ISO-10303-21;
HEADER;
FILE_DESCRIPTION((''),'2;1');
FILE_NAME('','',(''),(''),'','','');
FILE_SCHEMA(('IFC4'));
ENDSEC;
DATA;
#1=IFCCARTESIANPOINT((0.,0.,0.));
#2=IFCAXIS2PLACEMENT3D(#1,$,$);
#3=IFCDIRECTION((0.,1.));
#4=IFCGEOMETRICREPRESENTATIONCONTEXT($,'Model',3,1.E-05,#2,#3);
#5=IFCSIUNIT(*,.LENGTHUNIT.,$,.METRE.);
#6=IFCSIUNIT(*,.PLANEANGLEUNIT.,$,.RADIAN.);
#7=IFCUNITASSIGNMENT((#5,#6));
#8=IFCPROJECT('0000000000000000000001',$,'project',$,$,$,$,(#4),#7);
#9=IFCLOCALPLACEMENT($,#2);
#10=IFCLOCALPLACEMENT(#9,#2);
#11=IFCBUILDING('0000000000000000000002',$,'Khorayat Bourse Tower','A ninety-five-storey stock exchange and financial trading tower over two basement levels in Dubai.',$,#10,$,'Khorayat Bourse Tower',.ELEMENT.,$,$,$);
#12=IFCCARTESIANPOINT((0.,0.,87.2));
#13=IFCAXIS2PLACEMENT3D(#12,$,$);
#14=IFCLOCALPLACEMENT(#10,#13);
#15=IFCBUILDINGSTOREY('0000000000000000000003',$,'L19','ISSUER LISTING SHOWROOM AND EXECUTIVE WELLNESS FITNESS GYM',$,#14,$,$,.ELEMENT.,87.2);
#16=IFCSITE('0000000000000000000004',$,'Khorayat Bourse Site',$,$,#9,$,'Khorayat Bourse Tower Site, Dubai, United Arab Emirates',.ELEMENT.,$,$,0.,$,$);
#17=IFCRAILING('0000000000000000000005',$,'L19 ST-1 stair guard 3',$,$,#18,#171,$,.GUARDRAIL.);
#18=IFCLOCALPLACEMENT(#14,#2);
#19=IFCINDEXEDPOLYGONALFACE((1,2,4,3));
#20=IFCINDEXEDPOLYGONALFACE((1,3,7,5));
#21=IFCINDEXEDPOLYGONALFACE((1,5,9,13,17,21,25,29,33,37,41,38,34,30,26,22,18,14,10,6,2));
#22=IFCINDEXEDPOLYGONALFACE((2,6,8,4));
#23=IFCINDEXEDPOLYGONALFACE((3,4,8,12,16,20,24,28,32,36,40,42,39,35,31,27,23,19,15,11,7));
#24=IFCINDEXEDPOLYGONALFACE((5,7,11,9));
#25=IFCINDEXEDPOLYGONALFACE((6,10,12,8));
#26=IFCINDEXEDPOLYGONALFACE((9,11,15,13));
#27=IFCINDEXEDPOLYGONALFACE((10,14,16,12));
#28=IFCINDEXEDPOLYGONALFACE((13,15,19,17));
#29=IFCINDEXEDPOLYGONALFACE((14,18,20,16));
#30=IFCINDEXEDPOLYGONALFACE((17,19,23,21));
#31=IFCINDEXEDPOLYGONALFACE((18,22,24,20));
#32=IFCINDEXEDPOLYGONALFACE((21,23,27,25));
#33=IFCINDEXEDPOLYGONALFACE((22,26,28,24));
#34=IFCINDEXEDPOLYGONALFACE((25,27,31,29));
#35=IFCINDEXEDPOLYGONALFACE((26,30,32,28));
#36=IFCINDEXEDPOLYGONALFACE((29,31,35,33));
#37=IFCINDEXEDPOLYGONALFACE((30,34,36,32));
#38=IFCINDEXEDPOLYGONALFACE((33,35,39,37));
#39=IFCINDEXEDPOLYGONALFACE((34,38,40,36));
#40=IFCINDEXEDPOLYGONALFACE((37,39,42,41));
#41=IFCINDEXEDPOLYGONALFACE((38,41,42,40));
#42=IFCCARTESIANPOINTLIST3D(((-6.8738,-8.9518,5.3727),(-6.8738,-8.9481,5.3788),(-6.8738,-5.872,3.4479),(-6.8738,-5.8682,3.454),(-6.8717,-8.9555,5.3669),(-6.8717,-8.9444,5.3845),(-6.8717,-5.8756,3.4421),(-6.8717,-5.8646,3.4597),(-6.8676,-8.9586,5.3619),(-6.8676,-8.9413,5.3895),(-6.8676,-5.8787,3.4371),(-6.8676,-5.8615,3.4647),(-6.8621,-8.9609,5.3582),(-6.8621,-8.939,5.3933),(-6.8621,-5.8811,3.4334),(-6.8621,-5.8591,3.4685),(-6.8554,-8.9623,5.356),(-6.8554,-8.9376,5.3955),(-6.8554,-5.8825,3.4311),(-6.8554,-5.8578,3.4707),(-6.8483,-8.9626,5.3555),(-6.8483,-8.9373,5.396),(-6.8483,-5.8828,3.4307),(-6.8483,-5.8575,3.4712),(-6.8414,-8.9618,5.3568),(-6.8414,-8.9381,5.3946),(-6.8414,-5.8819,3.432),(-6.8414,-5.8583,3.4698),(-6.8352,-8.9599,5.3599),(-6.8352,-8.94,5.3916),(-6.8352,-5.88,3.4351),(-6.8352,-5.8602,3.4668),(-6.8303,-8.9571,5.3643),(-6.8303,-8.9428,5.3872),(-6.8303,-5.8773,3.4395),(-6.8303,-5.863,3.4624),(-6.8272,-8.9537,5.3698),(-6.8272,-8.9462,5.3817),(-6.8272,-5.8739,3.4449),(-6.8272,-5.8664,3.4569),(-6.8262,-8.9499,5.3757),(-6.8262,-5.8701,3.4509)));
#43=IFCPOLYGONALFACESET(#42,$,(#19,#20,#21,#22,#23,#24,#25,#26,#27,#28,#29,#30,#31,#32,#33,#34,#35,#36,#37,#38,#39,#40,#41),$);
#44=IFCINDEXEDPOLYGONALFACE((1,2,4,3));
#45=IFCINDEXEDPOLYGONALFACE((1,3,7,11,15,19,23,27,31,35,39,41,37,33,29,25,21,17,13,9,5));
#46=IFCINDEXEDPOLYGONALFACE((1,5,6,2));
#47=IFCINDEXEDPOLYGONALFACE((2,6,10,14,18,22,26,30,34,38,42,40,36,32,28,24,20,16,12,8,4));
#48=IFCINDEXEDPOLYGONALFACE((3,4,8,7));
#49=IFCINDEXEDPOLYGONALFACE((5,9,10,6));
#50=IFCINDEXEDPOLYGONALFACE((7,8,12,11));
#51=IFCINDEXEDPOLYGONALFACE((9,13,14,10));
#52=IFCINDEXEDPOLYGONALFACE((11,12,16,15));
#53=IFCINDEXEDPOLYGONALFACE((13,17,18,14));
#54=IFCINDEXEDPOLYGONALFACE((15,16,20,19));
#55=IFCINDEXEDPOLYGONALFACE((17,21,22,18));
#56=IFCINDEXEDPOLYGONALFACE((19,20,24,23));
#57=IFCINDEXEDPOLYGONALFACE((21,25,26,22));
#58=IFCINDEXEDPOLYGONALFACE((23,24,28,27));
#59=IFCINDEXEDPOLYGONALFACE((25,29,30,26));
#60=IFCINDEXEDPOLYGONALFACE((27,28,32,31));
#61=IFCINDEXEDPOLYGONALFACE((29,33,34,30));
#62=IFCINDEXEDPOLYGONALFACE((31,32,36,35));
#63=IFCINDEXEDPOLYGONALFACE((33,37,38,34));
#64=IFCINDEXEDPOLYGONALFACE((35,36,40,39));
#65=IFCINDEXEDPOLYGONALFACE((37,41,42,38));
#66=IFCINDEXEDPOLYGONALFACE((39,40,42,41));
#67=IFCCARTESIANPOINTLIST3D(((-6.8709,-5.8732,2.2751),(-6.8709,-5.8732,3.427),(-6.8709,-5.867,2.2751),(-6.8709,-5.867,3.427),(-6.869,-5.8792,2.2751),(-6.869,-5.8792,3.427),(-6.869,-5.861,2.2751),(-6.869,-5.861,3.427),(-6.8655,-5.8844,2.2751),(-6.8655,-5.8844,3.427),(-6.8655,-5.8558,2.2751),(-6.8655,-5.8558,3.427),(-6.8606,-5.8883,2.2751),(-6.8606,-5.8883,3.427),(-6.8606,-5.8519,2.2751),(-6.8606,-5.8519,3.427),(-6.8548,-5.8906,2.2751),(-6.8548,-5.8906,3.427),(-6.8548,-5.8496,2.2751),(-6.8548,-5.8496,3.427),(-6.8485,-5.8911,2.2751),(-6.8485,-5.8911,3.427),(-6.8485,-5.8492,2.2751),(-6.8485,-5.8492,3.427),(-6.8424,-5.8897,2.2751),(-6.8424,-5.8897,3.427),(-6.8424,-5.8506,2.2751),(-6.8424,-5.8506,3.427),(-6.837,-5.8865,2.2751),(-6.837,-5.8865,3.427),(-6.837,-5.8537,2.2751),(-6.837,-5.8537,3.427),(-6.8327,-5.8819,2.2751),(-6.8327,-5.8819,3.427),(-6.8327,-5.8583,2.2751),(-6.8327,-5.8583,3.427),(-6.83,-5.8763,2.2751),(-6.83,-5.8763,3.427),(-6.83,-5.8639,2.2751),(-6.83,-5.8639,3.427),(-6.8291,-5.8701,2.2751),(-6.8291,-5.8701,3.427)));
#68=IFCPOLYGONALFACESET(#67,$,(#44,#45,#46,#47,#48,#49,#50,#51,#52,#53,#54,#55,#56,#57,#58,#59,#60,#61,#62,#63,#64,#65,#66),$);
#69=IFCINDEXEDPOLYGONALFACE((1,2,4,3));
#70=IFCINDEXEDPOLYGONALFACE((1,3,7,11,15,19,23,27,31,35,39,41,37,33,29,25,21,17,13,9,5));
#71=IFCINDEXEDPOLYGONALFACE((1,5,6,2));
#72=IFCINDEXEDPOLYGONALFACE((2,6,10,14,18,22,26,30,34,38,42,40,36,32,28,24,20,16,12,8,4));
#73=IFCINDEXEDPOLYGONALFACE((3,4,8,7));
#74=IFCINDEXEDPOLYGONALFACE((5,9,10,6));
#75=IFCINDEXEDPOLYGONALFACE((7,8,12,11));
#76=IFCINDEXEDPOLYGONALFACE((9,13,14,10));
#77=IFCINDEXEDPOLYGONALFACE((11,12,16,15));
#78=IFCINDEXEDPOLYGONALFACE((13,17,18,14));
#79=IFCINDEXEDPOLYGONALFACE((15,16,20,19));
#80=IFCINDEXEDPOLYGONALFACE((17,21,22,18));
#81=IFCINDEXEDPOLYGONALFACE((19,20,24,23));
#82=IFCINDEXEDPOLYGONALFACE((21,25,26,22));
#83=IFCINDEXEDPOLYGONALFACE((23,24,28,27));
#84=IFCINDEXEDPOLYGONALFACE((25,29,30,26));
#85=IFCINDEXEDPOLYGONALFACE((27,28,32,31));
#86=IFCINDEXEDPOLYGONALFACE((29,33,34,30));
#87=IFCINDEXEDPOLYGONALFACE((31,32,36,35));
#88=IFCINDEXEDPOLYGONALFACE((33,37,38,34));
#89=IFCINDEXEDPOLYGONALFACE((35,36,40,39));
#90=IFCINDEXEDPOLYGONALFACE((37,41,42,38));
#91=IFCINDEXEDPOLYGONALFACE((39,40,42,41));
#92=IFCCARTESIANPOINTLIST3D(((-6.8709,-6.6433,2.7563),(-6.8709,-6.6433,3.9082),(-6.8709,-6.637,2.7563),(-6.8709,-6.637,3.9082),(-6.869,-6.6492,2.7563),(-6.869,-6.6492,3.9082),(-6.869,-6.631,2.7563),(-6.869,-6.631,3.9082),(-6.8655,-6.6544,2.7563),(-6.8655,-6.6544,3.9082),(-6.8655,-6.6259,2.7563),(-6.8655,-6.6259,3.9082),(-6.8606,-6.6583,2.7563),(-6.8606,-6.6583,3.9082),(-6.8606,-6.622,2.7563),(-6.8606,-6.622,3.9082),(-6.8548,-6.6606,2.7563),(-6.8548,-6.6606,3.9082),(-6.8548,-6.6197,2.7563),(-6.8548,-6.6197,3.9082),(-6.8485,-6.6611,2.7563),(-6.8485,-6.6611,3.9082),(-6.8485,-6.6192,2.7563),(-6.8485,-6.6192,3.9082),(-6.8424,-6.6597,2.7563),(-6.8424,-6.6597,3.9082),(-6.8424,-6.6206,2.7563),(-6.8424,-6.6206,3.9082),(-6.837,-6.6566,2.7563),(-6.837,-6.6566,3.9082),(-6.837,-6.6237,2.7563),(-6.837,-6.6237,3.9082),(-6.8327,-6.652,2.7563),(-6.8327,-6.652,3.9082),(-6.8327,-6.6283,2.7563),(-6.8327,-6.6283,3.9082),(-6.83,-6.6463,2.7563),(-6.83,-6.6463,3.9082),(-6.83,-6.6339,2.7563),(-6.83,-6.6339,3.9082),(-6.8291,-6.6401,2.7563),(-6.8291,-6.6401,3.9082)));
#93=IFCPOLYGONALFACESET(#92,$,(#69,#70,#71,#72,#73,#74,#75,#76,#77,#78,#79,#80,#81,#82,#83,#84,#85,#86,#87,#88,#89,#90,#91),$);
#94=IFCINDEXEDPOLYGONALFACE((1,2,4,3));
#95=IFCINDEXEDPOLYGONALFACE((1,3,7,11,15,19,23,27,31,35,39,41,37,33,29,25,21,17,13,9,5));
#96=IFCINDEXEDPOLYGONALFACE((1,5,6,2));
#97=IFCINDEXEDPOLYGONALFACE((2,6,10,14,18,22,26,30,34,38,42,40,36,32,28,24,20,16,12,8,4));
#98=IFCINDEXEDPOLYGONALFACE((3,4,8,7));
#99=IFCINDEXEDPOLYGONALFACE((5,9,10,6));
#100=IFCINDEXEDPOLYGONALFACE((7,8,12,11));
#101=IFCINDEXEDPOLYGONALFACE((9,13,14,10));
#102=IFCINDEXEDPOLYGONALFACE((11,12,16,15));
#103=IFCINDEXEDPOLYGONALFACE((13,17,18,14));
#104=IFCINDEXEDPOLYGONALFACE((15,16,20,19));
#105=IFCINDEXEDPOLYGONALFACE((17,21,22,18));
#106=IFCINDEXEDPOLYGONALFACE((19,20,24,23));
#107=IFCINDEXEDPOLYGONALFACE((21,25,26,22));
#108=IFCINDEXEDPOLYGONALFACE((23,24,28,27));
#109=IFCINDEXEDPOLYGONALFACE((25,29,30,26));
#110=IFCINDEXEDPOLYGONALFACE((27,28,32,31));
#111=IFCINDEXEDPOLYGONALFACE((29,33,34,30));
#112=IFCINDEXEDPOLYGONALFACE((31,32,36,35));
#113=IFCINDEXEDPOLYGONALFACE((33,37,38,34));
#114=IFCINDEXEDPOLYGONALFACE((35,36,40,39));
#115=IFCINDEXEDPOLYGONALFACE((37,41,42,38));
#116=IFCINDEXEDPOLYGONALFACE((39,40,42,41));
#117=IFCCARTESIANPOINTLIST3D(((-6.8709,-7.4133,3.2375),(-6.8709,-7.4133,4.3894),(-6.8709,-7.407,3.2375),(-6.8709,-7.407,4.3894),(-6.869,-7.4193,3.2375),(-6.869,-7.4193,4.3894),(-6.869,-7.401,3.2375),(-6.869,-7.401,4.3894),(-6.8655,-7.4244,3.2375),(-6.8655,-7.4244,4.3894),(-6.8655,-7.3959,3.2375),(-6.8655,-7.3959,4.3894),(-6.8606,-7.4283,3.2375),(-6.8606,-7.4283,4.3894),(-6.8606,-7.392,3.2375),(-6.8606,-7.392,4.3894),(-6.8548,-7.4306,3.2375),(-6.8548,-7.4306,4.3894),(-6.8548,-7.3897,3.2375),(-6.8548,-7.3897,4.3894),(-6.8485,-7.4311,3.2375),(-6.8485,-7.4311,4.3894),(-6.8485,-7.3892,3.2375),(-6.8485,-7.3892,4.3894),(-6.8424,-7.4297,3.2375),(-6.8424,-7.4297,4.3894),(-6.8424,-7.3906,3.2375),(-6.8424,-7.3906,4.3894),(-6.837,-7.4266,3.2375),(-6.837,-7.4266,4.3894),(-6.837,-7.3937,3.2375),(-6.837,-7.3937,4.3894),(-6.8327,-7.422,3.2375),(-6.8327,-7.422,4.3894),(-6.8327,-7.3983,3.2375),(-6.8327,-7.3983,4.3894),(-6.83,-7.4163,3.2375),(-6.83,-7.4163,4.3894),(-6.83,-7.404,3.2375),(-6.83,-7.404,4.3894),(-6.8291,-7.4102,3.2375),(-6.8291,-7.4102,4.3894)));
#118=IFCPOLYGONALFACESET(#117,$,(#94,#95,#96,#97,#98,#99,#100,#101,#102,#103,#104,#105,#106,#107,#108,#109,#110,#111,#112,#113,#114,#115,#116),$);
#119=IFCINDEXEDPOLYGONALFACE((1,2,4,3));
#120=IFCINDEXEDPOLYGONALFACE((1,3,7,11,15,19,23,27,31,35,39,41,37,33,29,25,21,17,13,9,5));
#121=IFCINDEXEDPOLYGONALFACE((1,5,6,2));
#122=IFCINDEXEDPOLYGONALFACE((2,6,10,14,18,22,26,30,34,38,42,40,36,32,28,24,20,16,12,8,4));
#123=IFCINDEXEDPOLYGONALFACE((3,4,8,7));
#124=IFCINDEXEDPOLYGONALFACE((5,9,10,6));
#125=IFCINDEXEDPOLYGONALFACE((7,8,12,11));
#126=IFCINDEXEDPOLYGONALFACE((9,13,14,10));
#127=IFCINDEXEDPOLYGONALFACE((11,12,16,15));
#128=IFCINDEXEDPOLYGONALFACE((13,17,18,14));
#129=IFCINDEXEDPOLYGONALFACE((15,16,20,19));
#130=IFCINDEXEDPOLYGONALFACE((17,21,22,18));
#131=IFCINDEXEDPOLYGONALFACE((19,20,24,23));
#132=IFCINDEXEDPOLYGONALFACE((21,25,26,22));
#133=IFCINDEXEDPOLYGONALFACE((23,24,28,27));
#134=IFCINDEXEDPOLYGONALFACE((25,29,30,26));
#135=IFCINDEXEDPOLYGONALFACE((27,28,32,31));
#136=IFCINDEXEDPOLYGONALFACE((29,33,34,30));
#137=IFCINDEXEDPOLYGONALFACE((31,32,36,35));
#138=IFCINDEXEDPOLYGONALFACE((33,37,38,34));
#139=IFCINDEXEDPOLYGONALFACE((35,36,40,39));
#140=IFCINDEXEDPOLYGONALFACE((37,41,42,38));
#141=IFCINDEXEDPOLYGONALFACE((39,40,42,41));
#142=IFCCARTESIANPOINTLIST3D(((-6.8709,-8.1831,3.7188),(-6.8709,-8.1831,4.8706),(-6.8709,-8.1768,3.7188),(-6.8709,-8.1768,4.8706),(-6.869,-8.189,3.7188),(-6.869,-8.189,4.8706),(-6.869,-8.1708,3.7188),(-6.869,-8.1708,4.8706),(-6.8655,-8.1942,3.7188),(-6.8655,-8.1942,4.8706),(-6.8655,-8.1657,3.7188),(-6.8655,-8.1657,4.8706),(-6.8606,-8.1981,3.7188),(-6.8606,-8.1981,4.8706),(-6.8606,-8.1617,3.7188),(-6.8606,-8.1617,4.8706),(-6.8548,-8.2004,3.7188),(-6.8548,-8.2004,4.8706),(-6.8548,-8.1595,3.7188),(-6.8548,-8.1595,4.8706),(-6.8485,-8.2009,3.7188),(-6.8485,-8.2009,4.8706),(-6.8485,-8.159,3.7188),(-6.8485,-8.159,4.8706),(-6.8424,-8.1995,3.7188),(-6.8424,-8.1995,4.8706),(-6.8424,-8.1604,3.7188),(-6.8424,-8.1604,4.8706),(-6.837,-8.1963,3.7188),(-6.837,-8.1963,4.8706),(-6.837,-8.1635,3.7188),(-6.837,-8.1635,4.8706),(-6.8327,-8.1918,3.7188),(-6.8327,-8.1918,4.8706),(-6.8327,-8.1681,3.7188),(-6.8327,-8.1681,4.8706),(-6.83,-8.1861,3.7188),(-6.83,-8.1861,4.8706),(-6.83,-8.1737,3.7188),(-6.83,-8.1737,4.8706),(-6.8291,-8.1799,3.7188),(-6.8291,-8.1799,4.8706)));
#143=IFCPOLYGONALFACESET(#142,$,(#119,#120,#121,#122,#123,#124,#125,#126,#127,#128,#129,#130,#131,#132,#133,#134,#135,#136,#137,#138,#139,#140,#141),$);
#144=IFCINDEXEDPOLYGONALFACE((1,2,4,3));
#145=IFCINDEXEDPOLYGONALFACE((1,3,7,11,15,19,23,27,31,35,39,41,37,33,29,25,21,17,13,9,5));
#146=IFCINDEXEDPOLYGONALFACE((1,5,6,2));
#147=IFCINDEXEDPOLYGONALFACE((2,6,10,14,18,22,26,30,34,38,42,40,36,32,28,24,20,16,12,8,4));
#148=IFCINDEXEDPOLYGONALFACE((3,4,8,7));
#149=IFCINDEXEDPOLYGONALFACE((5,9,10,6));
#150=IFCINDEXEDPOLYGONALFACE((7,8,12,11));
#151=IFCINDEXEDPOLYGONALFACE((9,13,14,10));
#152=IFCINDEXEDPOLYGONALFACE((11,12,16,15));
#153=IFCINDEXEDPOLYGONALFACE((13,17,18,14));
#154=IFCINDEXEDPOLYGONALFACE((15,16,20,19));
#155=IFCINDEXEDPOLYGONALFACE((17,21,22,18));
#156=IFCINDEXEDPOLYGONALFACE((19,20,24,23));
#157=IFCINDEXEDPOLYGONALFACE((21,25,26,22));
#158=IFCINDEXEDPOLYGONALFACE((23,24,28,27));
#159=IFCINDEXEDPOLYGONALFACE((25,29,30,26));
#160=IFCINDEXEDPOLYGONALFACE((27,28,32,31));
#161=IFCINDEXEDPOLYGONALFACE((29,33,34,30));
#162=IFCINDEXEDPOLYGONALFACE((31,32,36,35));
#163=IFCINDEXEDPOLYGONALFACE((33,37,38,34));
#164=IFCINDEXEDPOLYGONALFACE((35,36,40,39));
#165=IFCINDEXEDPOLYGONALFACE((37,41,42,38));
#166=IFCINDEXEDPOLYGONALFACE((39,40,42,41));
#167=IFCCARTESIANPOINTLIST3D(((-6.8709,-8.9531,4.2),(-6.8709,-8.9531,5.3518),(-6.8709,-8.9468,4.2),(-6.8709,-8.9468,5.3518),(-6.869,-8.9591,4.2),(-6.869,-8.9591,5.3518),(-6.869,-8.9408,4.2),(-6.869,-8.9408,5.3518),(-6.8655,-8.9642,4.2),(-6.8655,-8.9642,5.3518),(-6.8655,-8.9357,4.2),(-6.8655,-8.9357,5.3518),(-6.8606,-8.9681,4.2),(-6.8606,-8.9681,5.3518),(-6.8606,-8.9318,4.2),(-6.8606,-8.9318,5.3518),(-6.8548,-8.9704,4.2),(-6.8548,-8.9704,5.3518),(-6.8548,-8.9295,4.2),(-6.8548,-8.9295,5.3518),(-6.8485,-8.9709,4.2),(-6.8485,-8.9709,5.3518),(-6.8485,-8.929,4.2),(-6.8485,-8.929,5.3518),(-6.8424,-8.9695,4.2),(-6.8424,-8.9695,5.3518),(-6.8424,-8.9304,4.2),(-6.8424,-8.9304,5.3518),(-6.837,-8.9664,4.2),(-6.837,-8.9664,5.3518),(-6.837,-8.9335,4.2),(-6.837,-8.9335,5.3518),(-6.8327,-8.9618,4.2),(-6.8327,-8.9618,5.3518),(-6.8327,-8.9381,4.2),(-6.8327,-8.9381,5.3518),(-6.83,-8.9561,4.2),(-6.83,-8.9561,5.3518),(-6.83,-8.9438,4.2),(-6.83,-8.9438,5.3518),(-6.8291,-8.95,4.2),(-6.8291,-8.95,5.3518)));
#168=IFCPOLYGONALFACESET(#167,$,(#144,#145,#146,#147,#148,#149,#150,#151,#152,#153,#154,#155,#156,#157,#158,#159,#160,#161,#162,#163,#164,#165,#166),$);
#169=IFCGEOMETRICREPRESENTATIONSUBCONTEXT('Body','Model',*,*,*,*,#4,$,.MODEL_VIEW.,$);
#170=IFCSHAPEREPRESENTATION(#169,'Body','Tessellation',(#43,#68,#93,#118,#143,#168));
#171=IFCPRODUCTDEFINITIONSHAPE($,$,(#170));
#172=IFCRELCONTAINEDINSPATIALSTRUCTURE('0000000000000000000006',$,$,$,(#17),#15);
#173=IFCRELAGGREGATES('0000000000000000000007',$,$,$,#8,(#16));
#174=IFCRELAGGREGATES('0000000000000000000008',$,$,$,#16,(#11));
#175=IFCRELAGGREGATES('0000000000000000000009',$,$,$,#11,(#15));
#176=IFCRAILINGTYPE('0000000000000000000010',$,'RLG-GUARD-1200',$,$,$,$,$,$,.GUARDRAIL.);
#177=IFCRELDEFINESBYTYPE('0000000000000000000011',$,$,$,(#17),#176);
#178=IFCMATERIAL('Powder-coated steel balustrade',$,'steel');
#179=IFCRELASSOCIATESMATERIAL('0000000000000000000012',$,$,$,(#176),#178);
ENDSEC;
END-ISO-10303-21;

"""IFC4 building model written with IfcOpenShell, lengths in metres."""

from ifc_helpers import new_model, si_unit, direction, frame, origin, origin_2d, place, context, subcontext, project, spatial, circle, extrude, source, transform, mapped, material, type_object, element, save


model = new_model("IFC4")

# Units and contexts
model_context = context("Model", 3, precision=1e-05, world=origin(), true_north=direction((0.0, 1.0)))
body_context = subcontext(model_context, "Body", "Model", "MODEL_VIEW")
ifc_project = project(units=[si_unit("LENGTHUNIT", "METRE"), si_unit("PLANEANGLEUNIT", "RADIAN")], contexts=[model_context])

# Site, building, storey
site_placement = place(None, origin())
site = spatial("IfcSite", under=ifc_project, at=site_placement, Name="Khorayat Bourse Site", LongName="Khorayat Bourse Tower Site, Dubai, United Arab Emirates", CompositionType="ELEMENT", RefElevation=0.0)
building_placement = place(site_placement, origin())
building = spatial("IfcBuilding", under=site, at=building_placement, Name="Khorayat Bourse Tower", Description="A ninety-five-storey stock exchange and financial trading tower over two basement levels in Dubai.", LongName="Khorayat Bourse Tower", CompositionType="ELEMENT")
storey_placement = place(building_placement, frame((0.0, 0.0, 87.2)))
storey = spatial("IfcBuildingStorey", under=building, at=storey_placement, Name="L19", Description="ISSUER LISTING SHOWROOM AND EXECUTIVE WELLNESS FITNESS GYM", CompositionType="ELEMENT", Elevation=87.2)

# Railing
ifc_material_1 = material(Name="Powder-coated steel balustrade", Category="steel")
railing_type_1 = type_object("IfcRailingType", Name="RLG-GUARD-1200", PredefinedType="GUARDRAIL", material=ifc_material_1)
shared_shape_1 = source(origin(), body_context, "Body", "SweptSolid", [
    extrude(circle(Radius=0.0239, at=origin_2d()), frame((0.0, 0.0, 1.1758), z_axis=(0.0, -0.84801, 0.529981), x_axis=(1.0, 0.0, 0.0)), (0.0, 0.0, 1.0), 3.6318),
    extrude(circle(Radius=0.021, at=origin_2d()), origin(), (0.0, 0.0, 1.0), 1.1519),
    extrude(circle(Radius=0.021, at=origin_2d()), frame((0.0, -0.77, 0.4812)), (0.0, 0.0, 1.0), 1.1519),
    extrude(circle(Radius=0.021, at=origin_2d()), frame((0.0, -1.54, 0.9624)), (0.0, 0.0, 1.0), 1.1519),
    extrude(circle(Radius=0.021, at=origin_2d()), frame((0.0, -2.3098, 1.4436)), (0.0, 0.0, 1.0), 1.1519),
    extrude(circle(Radius=0.021, at=origin_2d()), frame((0.0, -3.0798, 1.9248)), (0.0, 0.0, 1.0), 1.1519),
])
railing_1_placement = place(storey_placement, frame((-6.8501, -5.8701, 2.2751)))
element("IfcRailing", 1, at=railing_1_placement, inside=storey, type_object=railing_type_1, Name="L19 ST-1 stair guard 3", PredefinedType="GUARDRAIL", context=body_context, shape_type="MappedRepresentation", body=[
    mapped(shared_shape_1, transform((0.0, 0.0, 0.0), scale=1.0)),
])

save(model, "model.ifc")
